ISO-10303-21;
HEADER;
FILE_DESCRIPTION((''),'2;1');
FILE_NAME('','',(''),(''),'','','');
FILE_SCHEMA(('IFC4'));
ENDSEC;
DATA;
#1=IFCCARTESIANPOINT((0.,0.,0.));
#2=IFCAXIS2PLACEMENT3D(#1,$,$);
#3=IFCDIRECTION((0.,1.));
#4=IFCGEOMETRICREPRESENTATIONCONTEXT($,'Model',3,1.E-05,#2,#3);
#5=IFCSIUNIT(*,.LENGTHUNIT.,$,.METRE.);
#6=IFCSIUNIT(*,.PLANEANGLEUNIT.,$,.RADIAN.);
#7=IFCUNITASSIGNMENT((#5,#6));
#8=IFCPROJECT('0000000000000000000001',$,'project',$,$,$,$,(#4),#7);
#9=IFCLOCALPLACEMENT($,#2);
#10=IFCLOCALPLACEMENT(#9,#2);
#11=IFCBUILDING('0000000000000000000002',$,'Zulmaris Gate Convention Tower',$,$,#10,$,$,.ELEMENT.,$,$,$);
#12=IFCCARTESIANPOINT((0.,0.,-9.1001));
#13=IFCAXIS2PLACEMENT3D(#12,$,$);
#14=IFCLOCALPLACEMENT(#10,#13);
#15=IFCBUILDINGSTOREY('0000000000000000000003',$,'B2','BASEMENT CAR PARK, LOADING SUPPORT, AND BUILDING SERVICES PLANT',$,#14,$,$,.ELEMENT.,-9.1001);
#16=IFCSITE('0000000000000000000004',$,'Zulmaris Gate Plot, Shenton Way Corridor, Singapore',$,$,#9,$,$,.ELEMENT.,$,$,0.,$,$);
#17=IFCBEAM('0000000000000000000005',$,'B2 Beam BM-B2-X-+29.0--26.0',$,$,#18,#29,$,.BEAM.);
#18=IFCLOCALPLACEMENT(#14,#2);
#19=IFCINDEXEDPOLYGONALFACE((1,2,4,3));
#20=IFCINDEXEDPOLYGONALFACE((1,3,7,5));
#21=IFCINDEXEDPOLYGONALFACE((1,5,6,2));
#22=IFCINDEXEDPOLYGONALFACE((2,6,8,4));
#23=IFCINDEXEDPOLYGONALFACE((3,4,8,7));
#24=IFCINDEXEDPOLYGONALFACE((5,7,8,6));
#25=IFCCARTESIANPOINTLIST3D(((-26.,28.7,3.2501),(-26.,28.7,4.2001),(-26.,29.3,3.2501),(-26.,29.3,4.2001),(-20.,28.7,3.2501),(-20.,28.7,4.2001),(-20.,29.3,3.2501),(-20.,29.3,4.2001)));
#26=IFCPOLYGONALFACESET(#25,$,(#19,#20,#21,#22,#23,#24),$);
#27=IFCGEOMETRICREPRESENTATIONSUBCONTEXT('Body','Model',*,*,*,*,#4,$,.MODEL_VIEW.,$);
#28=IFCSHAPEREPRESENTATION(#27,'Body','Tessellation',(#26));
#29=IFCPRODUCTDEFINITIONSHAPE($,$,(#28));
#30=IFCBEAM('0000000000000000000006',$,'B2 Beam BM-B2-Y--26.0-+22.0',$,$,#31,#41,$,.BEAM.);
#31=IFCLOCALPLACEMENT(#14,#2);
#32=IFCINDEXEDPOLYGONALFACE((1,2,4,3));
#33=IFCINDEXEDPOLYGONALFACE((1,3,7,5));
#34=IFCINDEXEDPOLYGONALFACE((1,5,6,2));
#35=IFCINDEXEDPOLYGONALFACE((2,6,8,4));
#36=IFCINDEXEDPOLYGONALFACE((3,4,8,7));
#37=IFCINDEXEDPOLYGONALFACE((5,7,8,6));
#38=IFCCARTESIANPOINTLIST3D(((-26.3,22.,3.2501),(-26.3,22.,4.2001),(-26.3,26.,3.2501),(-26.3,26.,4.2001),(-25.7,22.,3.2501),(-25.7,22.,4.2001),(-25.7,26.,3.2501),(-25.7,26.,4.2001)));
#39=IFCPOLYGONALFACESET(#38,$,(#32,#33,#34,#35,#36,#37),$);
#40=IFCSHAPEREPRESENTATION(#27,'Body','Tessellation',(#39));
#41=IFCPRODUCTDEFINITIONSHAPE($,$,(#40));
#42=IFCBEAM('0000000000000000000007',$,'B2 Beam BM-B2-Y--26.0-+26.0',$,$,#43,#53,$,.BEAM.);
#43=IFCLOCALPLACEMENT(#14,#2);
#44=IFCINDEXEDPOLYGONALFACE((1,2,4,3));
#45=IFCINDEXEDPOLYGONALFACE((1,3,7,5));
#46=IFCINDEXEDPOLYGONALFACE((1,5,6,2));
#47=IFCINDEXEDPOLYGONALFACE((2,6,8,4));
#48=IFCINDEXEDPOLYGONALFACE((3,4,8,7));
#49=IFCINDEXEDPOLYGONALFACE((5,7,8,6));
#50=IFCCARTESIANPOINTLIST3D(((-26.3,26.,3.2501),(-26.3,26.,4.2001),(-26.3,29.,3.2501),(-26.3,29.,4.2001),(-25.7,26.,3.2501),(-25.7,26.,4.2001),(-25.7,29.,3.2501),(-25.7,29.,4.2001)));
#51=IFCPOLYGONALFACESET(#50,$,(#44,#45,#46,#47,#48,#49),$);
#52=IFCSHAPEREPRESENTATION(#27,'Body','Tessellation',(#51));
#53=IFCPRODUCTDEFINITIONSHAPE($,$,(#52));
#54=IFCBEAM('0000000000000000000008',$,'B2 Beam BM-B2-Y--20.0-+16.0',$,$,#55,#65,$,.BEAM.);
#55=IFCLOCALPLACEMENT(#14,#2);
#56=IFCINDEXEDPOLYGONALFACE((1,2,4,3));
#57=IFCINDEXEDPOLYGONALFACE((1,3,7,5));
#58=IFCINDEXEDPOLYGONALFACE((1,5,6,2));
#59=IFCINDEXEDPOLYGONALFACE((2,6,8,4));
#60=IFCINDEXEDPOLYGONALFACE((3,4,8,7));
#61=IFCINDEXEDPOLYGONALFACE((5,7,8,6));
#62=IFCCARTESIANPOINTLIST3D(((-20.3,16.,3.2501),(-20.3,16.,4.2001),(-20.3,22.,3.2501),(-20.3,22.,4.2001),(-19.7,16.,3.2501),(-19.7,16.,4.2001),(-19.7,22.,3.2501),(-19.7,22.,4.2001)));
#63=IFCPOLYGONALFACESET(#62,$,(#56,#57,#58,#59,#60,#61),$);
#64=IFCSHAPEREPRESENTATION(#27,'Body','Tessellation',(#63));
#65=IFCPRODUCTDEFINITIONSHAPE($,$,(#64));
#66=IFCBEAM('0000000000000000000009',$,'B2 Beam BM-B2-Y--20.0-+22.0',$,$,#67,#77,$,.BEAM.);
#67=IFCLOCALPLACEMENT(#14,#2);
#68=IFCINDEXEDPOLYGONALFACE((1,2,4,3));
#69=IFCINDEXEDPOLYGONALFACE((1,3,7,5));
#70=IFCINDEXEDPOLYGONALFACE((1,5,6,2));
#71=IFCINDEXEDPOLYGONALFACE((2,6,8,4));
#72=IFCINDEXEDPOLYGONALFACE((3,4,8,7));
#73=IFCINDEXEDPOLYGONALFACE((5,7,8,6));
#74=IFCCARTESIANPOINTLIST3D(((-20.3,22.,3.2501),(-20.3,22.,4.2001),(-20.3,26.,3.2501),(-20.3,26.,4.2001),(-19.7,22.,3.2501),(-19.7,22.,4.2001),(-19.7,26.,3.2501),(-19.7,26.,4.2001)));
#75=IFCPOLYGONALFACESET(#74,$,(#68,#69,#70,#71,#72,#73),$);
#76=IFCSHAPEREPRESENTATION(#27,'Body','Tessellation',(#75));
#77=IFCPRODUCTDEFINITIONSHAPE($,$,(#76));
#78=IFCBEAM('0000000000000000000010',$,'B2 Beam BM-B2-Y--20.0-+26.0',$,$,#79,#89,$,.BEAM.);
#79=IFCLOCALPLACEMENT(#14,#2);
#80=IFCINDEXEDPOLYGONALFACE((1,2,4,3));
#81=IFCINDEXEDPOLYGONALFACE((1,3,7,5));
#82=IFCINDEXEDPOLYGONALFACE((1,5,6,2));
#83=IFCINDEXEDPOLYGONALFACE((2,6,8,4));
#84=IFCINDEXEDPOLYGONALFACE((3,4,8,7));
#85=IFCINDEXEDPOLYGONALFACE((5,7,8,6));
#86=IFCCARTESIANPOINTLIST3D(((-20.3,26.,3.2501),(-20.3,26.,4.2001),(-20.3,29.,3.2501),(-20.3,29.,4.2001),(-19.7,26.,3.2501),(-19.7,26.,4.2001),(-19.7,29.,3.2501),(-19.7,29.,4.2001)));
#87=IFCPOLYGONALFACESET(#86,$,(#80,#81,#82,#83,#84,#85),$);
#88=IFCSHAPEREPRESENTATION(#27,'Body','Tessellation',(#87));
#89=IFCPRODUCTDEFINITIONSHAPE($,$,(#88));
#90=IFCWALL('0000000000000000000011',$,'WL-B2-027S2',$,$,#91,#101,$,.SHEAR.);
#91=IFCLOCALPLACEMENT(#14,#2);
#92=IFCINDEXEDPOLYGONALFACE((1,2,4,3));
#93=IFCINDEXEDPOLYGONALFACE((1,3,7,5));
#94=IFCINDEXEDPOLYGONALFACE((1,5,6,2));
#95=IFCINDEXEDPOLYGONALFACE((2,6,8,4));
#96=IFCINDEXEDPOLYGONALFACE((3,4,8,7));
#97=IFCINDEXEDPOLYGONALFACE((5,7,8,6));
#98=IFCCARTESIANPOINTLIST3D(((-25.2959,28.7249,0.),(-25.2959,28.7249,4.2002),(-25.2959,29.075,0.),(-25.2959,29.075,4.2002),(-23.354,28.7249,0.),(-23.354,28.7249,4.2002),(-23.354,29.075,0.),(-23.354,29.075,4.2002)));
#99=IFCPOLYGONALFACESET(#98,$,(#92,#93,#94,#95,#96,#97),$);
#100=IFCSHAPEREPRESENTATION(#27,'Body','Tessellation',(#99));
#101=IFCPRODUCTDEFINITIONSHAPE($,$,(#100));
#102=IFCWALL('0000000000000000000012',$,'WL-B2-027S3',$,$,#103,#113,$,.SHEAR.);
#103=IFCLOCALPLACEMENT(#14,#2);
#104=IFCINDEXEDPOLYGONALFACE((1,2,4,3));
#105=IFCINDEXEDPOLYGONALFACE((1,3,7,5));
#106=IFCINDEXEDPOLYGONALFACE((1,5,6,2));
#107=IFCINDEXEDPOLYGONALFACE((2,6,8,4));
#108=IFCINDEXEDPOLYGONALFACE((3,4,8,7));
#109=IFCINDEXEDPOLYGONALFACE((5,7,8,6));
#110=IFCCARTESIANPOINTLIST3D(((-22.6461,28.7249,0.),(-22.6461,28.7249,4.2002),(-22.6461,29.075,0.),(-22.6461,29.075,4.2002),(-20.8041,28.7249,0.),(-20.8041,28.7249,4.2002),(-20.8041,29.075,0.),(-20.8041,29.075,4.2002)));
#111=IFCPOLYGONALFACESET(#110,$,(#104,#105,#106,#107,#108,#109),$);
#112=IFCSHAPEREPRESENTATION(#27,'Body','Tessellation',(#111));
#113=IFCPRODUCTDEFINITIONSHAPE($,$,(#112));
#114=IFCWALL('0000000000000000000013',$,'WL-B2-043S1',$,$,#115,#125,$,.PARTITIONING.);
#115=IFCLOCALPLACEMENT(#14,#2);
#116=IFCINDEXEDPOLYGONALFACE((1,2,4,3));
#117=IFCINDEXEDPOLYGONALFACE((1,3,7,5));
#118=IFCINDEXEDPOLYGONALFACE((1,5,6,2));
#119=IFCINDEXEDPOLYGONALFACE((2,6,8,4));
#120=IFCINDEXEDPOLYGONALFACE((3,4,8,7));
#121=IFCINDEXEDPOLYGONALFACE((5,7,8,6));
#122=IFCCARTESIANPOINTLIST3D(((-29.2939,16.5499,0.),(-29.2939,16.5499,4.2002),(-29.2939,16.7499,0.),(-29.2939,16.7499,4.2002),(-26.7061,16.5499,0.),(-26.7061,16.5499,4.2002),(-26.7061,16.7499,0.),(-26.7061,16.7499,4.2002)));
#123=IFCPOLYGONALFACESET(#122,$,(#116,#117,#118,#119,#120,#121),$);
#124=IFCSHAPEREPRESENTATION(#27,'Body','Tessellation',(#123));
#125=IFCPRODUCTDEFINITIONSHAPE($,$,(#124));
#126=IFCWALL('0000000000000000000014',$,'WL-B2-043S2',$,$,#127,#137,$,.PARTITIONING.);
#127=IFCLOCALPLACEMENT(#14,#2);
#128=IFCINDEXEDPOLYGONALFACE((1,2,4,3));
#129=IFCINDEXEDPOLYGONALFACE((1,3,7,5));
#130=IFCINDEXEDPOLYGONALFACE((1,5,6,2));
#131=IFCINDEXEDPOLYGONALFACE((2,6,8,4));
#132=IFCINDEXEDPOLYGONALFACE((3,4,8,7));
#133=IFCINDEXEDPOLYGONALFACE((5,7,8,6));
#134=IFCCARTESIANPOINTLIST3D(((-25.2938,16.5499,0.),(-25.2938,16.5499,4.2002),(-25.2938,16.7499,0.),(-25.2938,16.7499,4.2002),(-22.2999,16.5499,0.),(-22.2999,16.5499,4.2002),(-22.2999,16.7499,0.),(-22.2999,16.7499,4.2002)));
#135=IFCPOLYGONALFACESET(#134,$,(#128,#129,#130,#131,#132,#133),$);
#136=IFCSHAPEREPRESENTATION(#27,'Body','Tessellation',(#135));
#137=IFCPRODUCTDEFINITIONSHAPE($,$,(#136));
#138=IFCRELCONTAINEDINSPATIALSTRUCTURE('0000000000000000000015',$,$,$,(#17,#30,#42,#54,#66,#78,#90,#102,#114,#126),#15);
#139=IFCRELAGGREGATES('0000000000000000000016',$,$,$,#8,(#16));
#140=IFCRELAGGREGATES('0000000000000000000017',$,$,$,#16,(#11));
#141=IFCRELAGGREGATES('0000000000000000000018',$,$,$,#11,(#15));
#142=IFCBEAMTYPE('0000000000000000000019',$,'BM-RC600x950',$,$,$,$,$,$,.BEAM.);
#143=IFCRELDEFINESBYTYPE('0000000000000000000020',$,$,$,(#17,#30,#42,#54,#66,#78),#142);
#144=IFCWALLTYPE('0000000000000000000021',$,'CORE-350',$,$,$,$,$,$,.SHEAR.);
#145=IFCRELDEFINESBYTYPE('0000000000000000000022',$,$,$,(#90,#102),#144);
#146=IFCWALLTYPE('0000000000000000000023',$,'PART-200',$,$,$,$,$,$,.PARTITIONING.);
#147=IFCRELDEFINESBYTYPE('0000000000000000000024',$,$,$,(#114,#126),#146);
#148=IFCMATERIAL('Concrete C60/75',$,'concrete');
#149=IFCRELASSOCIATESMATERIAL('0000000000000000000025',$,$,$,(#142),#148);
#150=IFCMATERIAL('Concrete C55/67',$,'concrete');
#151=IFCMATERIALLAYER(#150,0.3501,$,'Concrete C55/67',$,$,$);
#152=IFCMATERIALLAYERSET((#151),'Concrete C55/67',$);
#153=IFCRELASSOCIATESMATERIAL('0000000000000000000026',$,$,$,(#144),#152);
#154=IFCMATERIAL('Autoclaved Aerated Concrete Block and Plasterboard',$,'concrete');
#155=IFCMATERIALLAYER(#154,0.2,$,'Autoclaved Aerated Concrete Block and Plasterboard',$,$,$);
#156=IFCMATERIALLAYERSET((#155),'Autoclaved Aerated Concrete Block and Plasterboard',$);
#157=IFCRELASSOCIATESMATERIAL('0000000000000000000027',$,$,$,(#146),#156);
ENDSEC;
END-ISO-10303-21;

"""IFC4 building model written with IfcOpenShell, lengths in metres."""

from ifc_helpers import new_model, si_unit, direction, frame, frame_2d, origin, origin_2d, place, context, subcontext, project, spatial, rectangle, extrude, material, layer, layer_set, material_profile, profile_set, type_object, element, save


model = new_model("IFC4")

# Units and contexts
model_context = context("Model", 3, precision=1e-05, world=origin(), true_north=direction((0.0, 1.0)))
body_context = subcontext(model_context, "Body", "Model", "MODEL_VIEW")
ifc_project = project(units=[si_unit("LENGTHUNIT", "METRE"), si_unit("PLANEANGLEUNIT", "RADIAN")], contexts=[model_context])

# Site, building, storey
site_placement = place(None, origin())
site = spatial("IfcSite", under=ifc_project, at=site_placement, Name="Zulmaris Gate Plot, Shenton Way Corridor, Singapore", CompositionType="ELEMENT", RefElevation=0.0)
building_placement = place(site_placement, origin())
building = spatial("IfcBuilding", under=site, at=building_placement, Name="Zulmaris Gate Convention Tower", CompositionType="ELEMENT")
storey_placement = place(building_placement, frame((0.0, 0.0, -9.1001)))
storey = spatial("IfcBuildingStorey", under=building, at=storey_placement, Name="B2", Description="BASEMENT CAR PARK, LOADING SUPPORT, AND BUILDING SERVICES PLANT", CompositionType="ELEMENT", Elevation=-9.1001)

# Beams
ifc_material_1 = material(Name="Concrete C60/75", Category="concrete")
ifc_material_profile_1 = material_profile(ifc_material_1, rectangle(XDim=0.6001, YDim=0.95, at=origin_2d()), Name="RC BEAM 600x950")
ifc_profile_set_1 = profile_set([ifc_material_profile_1], Name="Concrete C60/75")
beam_type = type_object("IfcBeamType", Name="BM-RC600x950", PredefinedType="BEAM", material=ifc_profile_set_1)
beam_1_placement = place(storey_placement, frame((-26.0, 29.0, 3.7251), z_axis=(1.0, 0.0, 0.0), x_axis=(0.0, 1.0, 0.0)))
element("IfcBeam", 1, at=beam_1_placement, inside=storey, type_object=beam_type, Name="B2 Beam BM-B2-X-+29.0--26.0", PredefinedType="BEAM", context=body_context, shape_type="SweptSolid", body=[
    extrude(rectangle(XDim=0.6001, YDim=0.95, at=origin_2d()), origin(), (0.0, 0.0, 1.0), 6.0),
])
beam_2_placement = place(storey_placement, frame((-26.0, 22.0, 3.7251), z_axis=(0.0, 1.0, 0.0), x_axis=(-1.0, 0.0, 0.0)))
element("IfcBeam", 2, at=beam_2_placement, inside=storey, type_object=beam_type, Name="B2 Beam BM-B2-Y--26.0-+22.0", PredefinedType="BEAM", context=body_context, shape_type="SweptSolid", body=[
    extrude(rectangle(XDim=0.6001, YDim=0.95, at=origin_2d()), origin(), (0.0, 0.0, 1.0), 4.0),
])
beam_3_placement = place(storey_placement, frame((-26.0, 26.0, 3.7251), z_axis=(0.0, 1.0, 0.0), x_axis=(-1.0, 0.0, 0.0)))
element("IfcBeam", 3, at=beam_3_placement, inside=storey, type_object=beam_type, Name="B2 Beam BM-B2-Y--26.0-+26.0", PredefinedType="BEAM", context=body_context, shape_type="SweptSolid", body=[
    extrude(rectangle(XDim=0.6001, YDim=0.95, at=origin_2d()), origin(), (0.0, 0.0, 1.0), 3.0),
])
beam_4_placement = place(storey_placement, frame((-20.0, 16.0, 3.7251), z_axis=(0.0, 1.0, 0.0), x_axis=(-1.0, 0.0, 0.0)))
element("IfcBeam", 4, at=beam_4_placement, inside=storey, type_object=beam_type, Name="B2 Beam BM-B2-Y--20.0-+16.0", PredefinedType="BEAM", context=body_context, shape_type="SweptSolid", body=[
    extrude(rectangle(XDim=0.6001, YDim=0.95, at=origin_2d()), origin(), (0.0, 0.0, 1.0), 6.0),
])
beam_5_placement = place(storey_placement, frame((-20.0, 22.0, 3.7251), z_axis=(0.0, 1.0, 0.0), x_axis=(-1.0, 0.0, 0.0)))
element("IfcBeam", 5, at=beam_5_placement, inside=storey, type_object=beam_type, Name="B2 Beam BM-B2-Y--20.0-+22.0", PredefinedType="BEAM", context=body_context, shape_type="SweptSolid", body=[
    extrude(rectangle(XDim=0.6001, YDim=0.95, at=origin_2d()), origin(), (0.0, 0.0, 1.0), 4.0),
])
beam_6_placement = place(storey_placement, frame((-20.0, 26.0, 3.7251), z_axis=(0.0, 1.0, 0.0), x_axis=(-1.0, 0.0, 0.0)))
element("IfcBeam", 6, at=beam_6_placement, inside=storey, type_object=beam_type, Name="B2 Beam BM-B2-Y--20.0-+26.0", PredefinedType="BEAM", context=body_context, shape_type="SweptSolid", body=[
    extrude(rectangle(XDim=0.6001, YDim=0.95, at=origin_2d()), origin(), (0.0, 0.0, 1.0), 3.0),
])

# Walls
ifc_material_2 = material(Name="Concrete C55/67", Category="concrete")
ifc_layer_1 = layer(ifc_material_2, 0.3501, Name="Concrete C55/67")
ifc_layer_set_1 = layer_set([ifc_layer_1], Name="Concrete C55/67")
wall_type_1 = type_object("IfcWallType", Name="CORE-350", PredefinedType="SHEAR", material=ifc_layer_set_1)
wall_1_placement = place(storey_placement, frame((-25.2959, 28.8999, 0.0), z_axis=(0.0, 0.0, 1.0), x_axis=(1.0, 0.0, 0.0)))
element("IfcWall", 7, at=wall_1_placement, inside=storey, type_object=wall_type_1, Name="WL-B2-027S2", PredefinedType="SHEAR", context=body_context, shape_type="SweptSolid", body=[
    extrude(rectangle(XDim=1.9419, YDim=0.3501, at=frame_2d((0.9709, 0.0))), origin(), (0.0, 0.0, 1.0), 4.2002),
])
wall_2_placement = place(storey_placement, frame((-22.646, 28.8999, 0.0), z_axis=(0.0, 0.0, 1.0), x_axis=(1.0, 0.0, 0.0)))
element("IfcWall", 8, at=wall_2_placement, inside=storey, type_object=wall_type_1, Name="WL-B2-027S3", PredefinedType="SHEAR", context=body_context, shape_type="SweptSolid", body=[
    extrude(rectangle(XDim=1.842, YDim=0.3501, at=frame_2d((0.9209, 0.0))), origin(), (0.0, 0.0, 1.0), 4.2002),
])
ifc_material_3 = material(Name="Autoclaved Aerated Concrete Block and Plasterboard", Category="concrete")
ifc_layer_2 = layer(ifc_material_3, 0.2, Name="Autoclaved Aerated Concrete Block and Plasterboard")
ifc_layer_set_2 = layer_set([ifc_layer_2], Name="Autoclaved Aerated Concrete Block and Plasterboard")
wall_type_2 = type_object("IfcWallType", Name="PART-200", PredefinedType="PARTITIONING", material=ifc_layer_set_2)
wall_3_placement = place(storey_placement, frame((-29.2939, 16.6499, 0.0), z_axis=(0.0, 0.0, 1.0), x_axis=(1.0, 0.0, 0.0)))
element("IfcWall", 9, at=wall_3_placement, inside=storey, type_object=wall_type_2, Name="WL-B2-043S1", PredefinedType="PARTITIONING", context=body_context, shape_type="SweptSolid", body=[
    extrude(rectangle(XDim=2.5879, YDim=0.2, at=frame_2d((1.2939, 0.0))), origin(), (0.0, 0.0, 1.0), 4.2002),
])
wall_4_placement = place(storey_placement, frame((-25.2939, 16.6499, 0.0), z_axis=(0.0, 0.0, 1.0), x_axis=(1.0, 0.0, 0.0)))
element("IfcWall", 10, at=wall_4_placement, inside=storey, type_object=wall_type_2, Name="WL-B2-043S2", PredefinedType="PARTITIONING", context=body_context, shape_type="SweptSolid", body=[
    extrude(rectangle(XDim=2.9939, YDim=0.2, at=frame_2d((1.4971, 0.0))), origin(), (0.0, 0.0, 1.0), 4.2002),
])

save(model, "model.ifc")
